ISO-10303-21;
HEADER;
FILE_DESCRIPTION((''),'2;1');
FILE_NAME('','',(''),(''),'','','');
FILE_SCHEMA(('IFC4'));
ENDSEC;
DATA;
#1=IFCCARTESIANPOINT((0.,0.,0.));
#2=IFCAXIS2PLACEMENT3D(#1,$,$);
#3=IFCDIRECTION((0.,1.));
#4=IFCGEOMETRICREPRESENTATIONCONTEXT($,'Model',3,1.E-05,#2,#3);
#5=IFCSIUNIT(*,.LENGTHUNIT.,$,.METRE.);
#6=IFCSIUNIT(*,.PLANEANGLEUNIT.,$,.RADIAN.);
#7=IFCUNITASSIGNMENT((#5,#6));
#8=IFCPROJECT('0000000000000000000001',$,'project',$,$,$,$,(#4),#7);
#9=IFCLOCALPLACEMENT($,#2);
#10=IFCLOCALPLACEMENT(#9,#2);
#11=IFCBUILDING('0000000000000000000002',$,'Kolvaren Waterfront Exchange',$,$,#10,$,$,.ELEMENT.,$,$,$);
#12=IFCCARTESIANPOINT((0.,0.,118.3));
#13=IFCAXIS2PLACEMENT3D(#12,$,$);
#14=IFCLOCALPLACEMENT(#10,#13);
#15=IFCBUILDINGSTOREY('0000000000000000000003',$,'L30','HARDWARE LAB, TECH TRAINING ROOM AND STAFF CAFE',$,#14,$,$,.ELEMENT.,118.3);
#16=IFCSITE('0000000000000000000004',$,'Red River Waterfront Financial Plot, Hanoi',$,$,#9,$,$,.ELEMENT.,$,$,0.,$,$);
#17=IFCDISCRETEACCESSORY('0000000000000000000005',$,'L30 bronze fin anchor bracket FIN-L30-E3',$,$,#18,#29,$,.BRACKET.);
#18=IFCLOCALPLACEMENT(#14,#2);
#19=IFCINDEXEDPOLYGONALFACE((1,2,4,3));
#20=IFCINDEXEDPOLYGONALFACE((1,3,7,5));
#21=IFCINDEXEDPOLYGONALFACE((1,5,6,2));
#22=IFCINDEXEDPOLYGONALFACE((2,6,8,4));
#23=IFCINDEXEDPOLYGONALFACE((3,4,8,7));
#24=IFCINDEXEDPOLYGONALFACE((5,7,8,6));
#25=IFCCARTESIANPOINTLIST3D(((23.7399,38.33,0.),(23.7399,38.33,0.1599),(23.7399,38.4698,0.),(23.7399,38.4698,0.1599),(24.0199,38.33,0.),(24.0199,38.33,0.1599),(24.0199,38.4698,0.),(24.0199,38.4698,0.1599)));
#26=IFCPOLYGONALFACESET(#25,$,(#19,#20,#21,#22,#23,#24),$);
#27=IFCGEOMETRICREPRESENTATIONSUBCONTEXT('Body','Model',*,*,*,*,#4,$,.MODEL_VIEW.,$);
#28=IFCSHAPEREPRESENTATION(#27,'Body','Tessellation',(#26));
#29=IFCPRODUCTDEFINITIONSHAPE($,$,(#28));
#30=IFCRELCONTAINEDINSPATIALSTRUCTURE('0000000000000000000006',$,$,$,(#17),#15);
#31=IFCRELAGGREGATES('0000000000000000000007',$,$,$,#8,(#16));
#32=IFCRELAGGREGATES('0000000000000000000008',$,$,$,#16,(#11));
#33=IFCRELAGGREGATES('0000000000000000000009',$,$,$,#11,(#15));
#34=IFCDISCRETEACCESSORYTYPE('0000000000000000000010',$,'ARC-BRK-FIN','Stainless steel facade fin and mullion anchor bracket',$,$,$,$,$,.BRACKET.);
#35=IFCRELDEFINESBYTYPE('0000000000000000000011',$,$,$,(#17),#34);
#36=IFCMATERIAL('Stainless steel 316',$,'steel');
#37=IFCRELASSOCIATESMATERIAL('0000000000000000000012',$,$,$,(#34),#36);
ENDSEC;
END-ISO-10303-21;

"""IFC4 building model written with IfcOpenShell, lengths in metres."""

from ifc_helpers import new_model, si_unit, direction, frame, origin, origin_with_axes, origin_2d, place, context, subcontext, project, spatial, rectangle, extrude, source, transform, mapped, material, type_object, element, save


model = new_model("IFC4")

# Units and contexts
model_context = context("Model", 3, precision=1e-05, world=origin(), true_north=direction((0.0, 1.0)))
body_context = subcontext(model_context, "Body", "Model", "MODEL_VIEW")
ifc_project = project(units=[si_unit("LENGTHUNIT", "METRE"), si_unit("PLANEANGLEUNIT", "RADIAN")], contexts=[model_context])

# Site, building, storey
site_placement = place(None, origin())
site = spatial("IfcSite", under=ifc_project, at=site_placement, Name="Red River Waterfront Financial Plot, Hanoi", CompositionType="ELEMENT", RefElevation=0.0)
building_placement = place(site_placement, origin())
building = spatial("IfcBuilding", under=site, at=building_placement, Name="Kolvaren Waterfront Exchange", CompositionType="ELEMENT")
storey_placement = place(building_placement, frame((0.0, 0.0, 118.3)))
storey = spatial("IfcBuildingStorey", under=building, at=storey_placement, Name="L30", Description="HARDWARE LAB, TECH TRAINING ROOM AND STAFF CAFE", CompositionType="ELEMENT", Elevation=118.3)

# Discrete accessory
ifc_material_1 = material(Name="Stainless steel 316", Category="steel")
discrete_accessory_type = type_object("IfcDiscreteAccessoryType", Name="ARC-BRK-FIN", Description="Stainless steel facade fin and mullion anchor bracket", PredefinedType="BRACKET", material=ifc_material_1)
shared_shape_1 = source(origin_with_axes(), body_context, "Body", "SweptSolid", [
    extrude(rectangle(XDim=0.28, YDim=0.1399, at=origin_2d()), origin(), (0.0, 0.0, 1.0), 0.1599),
])
discrete_accessory_placement = place(storey_placement, frame((23.8799, 38.3999, 0.0), z_axis=(0.0, 0.0, 1.0), x_axis=(1.0, 0.0, 0.0)))
element("IfcDiscreteAccessory", 1, at=discrete_accessory_placement, inside=storey, type_object=discrete_accessory_type, Name="L30 bronze fin anchor bracket FIN-L30-E3", PredefinedType="BRACKET", context=body_context, shape_type="MappedRepresentation", body=[
    mapped(shared_shape_1, transform((0.0, 0.0, 0.0), x_axis=(1.0, 0.0, 0.0), y_axis=(0.0, 1.0, 0.0), z_axis=(0.0, 0.0, 1.0), scale=1.0)),
])

save(model, "model.ifc")
